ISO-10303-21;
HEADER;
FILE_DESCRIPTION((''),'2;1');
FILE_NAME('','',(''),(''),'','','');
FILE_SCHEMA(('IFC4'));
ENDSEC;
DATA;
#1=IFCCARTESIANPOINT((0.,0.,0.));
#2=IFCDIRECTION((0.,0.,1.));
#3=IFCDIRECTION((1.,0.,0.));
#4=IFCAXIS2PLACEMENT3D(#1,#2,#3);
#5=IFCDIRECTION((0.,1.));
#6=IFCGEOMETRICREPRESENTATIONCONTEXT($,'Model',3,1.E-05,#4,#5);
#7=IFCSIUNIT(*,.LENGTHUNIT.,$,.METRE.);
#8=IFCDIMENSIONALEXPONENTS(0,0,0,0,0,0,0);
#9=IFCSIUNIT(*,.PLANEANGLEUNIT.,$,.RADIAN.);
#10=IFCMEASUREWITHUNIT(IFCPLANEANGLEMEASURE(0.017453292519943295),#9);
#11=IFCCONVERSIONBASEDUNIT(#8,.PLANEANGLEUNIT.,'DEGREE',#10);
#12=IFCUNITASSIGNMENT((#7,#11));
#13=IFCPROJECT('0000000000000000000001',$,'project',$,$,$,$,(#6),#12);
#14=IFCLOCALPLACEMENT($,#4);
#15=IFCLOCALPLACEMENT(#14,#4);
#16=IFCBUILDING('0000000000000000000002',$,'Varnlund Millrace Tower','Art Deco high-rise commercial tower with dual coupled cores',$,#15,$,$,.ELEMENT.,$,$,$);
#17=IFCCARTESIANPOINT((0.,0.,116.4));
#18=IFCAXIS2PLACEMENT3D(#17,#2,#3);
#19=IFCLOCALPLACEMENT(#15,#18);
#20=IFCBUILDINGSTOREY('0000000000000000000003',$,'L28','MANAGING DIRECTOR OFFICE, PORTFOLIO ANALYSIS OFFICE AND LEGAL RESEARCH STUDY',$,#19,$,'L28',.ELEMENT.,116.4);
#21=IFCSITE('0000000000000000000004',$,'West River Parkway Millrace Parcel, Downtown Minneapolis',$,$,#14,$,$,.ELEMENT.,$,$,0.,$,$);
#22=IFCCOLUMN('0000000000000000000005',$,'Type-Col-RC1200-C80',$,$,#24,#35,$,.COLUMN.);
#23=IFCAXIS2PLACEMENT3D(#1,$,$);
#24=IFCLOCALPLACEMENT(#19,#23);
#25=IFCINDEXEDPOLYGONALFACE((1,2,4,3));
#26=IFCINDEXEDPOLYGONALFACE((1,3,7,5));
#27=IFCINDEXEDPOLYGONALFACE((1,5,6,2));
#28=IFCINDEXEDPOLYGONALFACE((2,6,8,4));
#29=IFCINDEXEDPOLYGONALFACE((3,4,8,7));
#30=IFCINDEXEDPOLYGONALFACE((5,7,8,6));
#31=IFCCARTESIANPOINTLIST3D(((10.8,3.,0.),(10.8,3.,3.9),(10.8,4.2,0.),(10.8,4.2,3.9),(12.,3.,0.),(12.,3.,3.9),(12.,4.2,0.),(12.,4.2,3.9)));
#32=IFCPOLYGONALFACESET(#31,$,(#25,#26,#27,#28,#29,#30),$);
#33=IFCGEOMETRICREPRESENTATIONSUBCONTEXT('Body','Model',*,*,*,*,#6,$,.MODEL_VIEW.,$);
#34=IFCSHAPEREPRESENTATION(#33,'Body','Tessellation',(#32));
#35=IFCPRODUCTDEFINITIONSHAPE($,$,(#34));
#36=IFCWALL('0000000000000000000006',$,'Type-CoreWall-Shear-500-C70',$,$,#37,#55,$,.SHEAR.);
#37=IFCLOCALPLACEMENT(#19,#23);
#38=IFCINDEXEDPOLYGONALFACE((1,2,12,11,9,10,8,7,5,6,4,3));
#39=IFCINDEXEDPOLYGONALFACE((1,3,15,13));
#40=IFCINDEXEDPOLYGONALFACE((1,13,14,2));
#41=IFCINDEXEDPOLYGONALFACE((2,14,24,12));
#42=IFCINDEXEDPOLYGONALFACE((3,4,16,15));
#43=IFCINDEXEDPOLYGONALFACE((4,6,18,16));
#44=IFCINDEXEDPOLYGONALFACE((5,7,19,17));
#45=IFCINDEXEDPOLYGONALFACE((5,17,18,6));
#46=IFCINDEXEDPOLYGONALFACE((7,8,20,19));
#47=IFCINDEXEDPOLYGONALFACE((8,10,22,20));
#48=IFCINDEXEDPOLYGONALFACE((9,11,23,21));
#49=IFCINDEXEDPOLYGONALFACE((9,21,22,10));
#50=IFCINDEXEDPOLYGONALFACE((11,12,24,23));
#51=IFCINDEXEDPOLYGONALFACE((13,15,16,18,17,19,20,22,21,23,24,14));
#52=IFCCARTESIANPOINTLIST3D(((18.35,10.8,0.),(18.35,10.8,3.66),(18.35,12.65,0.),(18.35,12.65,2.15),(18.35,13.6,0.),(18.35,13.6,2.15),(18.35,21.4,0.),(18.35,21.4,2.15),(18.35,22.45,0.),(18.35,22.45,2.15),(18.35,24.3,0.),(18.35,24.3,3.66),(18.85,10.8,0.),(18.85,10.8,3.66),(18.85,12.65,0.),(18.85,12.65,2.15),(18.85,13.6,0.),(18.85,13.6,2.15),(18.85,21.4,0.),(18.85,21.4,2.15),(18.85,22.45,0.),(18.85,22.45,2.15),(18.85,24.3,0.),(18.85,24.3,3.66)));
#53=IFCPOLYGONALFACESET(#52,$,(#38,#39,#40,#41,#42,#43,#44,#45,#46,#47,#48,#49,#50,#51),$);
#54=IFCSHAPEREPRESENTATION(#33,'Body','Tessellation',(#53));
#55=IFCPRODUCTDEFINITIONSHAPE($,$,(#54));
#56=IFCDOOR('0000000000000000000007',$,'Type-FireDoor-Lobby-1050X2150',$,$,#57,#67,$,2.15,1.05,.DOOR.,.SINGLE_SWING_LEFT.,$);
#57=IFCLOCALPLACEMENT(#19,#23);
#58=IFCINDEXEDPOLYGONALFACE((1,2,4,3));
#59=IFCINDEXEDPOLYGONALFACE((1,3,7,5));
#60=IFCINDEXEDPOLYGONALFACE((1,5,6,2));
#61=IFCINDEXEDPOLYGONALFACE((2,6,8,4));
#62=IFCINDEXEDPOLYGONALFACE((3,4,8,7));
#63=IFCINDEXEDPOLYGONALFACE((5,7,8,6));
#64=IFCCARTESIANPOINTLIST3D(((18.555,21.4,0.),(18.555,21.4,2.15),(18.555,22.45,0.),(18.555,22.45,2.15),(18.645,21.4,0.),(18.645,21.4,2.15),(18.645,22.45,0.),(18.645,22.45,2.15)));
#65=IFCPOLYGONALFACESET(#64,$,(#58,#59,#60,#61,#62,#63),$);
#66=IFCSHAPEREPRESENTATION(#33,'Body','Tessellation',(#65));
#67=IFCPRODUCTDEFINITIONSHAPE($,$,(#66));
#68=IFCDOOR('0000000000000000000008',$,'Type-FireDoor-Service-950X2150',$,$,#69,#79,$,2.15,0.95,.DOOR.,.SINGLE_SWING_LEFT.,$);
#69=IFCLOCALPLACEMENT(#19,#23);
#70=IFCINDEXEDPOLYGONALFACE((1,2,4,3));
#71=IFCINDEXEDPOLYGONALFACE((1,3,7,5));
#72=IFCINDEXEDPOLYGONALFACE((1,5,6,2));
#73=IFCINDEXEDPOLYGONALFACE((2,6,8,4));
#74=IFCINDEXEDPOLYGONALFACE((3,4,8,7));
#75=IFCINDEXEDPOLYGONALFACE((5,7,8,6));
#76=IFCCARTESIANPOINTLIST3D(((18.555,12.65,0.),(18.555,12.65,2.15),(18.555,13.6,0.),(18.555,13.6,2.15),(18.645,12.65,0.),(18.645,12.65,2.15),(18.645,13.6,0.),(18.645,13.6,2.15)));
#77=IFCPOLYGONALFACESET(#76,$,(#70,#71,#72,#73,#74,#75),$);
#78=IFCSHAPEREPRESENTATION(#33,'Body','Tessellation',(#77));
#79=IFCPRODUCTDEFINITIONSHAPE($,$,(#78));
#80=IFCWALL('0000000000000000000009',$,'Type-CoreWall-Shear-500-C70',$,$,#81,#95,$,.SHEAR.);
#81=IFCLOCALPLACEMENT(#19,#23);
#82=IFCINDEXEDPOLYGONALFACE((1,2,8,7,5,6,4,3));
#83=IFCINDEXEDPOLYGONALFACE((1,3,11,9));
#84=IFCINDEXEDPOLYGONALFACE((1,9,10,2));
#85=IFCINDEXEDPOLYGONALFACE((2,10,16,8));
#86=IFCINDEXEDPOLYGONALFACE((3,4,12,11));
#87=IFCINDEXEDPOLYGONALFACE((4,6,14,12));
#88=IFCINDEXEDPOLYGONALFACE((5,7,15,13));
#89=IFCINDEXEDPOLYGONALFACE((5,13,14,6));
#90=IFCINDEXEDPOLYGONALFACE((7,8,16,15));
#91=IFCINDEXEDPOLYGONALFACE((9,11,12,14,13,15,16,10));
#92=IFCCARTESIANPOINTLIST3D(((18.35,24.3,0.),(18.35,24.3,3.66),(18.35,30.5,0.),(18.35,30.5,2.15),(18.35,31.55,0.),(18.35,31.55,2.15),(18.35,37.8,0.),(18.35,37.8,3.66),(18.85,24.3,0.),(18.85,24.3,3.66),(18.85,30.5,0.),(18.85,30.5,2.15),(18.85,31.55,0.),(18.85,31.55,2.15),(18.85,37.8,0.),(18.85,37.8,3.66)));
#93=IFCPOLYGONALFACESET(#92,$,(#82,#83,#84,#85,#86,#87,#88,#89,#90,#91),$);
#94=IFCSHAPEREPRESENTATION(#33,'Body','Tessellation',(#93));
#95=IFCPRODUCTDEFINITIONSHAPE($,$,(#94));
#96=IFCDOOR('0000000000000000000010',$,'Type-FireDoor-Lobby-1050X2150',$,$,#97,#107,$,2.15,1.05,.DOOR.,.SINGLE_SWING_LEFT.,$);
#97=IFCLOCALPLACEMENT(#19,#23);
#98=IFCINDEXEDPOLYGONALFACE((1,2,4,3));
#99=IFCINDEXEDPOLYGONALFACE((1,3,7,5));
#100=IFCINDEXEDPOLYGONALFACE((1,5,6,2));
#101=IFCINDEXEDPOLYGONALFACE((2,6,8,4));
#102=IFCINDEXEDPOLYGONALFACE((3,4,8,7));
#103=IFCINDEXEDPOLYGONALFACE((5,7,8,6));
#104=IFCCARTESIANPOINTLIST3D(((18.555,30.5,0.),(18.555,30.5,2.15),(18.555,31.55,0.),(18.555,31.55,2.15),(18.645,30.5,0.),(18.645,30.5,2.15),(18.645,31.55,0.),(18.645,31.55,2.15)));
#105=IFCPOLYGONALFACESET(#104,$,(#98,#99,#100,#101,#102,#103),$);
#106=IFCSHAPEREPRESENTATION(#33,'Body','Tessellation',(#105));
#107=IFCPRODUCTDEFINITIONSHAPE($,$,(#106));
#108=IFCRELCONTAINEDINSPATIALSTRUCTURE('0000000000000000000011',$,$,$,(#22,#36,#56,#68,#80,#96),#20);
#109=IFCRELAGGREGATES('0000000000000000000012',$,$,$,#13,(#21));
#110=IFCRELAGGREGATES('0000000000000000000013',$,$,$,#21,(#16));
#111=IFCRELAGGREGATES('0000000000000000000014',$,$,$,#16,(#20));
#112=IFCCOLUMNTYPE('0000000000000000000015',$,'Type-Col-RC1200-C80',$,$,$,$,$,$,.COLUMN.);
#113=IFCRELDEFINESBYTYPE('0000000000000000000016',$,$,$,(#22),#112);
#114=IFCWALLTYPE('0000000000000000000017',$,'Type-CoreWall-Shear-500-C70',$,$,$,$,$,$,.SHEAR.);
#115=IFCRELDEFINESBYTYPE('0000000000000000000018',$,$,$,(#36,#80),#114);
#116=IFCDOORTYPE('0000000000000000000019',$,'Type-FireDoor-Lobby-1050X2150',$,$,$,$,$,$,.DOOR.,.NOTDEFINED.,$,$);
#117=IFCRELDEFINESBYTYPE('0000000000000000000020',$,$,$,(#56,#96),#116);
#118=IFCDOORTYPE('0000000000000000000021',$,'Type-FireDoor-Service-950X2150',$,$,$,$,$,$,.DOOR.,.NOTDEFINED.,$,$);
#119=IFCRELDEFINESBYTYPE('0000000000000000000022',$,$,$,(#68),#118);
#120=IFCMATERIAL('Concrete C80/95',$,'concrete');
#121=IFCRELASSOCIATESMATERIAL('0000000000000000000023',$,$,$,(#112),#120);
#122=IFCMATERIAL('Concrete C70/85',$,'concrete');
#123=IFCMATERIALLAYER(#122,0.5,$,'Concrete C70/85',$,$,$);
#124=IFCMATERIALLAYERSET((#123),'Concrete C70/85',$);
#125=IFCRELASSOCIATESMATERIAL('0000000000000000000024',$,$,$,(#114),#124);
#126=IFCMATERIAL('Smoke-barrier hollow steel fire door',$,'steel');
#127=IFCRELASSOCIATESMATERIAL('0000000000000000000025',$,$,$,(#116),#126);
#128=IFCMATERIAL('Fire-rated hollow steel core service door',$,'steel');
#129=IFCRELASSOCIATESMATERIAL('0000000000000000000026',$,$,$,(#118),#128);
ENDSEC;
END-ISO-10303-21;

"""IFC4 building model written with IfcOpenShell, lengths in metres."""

from ifc_helpers import new_model, entity, si_unit, converted_unit, direction, frame, origin_with_axes, origin_2d_with_axis, place, context, subcontext, project, spatial, polyline, rectangle, outline, extrude, material, layer, layer_set, material_profile, profile_set, type_object, element, fill, save


model = new_model("IFC4")

# Units and contexts
model_context = context("Model", 3, precision=1e-05, world=origin_with_axes(), true_north=direction((0.0, 1.0)))
body_context = subcontext(model_context, "Body", "Model", "MODEL_VIEW")
ifc_project = project(units=[si_unit("LENGTHUNIT", "METRE"), converted_unit("PLANEANGLEUNIT", "DEGREE", entity("IfcPlaneAngleMeasure", 0.017453292519943295), si_unit("PLANEANGLEUNIT", "RADIAN"), dimensions=[0, 0, 0, 0, 0, 0, 0])], contexts=[model_context])

# Site, building, storey
site_placement = place(None, origin_with_axes())
site = spatial("IfcSite", under=ifc_project, at=site_placement, Name="West River Parkway Millrace Parcel, Downtown Minneapolis", CompositionType="ELEMENT", RefElevation=0.0)
building_placement = place(site_placement, origin_with_axes())
building = spatial("IfcBuilding", under=site, at=building_placement, Name="Varnlund Millrace Tower", Description="Art Deco high-rise commercial tower with dual coupled cores", CompositionType="ELEMENT")
storey_placement = place(building_placement, frame((0.0, 0.0, 116.4), z_axis=(0.0, 0.0, 1.0), x_axis=(1.0, 0.0, 0.0)))
storey = spatial("IfcBuildingStorey", under=building, at=storey_placement, Name="L28", Description="MANAGING DIRECTOR OFFICE, PORTFOLIO ANALYSIS OFFICE AND LEGAL RESEARCH STUDY", LongName="L28", CompositionType="ELEMENT", Elevation=116.4)

# Column
ifc_material_1 = material(Name="Concrete C80/95", Category="concrete")
ifc_material_profile = material_profile(ifc_material_1, rectangle(XDim=1.2, YDim=1.2, at=origin_2d_with_axis()), Name="Concrete C80/95")
ifc_profile_set = profile_set([ifc_material_profile], Name="Concrete C80/95")
column_type = type_object("IfcColumnType", Name="Type-Col-RC1200-C80", PredefinedType="COLUMN", material=ifc_profile_set)
column_placement = place(storey_placement, frame((11.4, 3.6, 0.0), z_axis=(0.0, 0.0, 1.0), x_axis=(1.0, 0.0, 0.0)))
element("IfcColumn", 1, at=column_placement, inside=storey, type_object=column_type, Name="Type-Col-RC1200-C80", PredefinedType="COLUMN", context=body_context, shape_type="SweptSolid", body=[
    extrude(rectangle(XDim=1.2, YDim=1.2, at=origin_2d_with_axis()), origin_with_axes(), (0.0, 0.0, 1.0), 3.9),
])

# Wall, openings, doors
ifc_material_2 = material(Name="Concrete C70/85", Category="concrete")
ifc_layer_1 = layer(ifc_material_2, 0.5, Name="Concrete C70/85")
ifc_layer_set_1 = layer_set([ifc_layer_1], Name="Concrete C70/85")
wall_type_1 = type_object("IfcWallType", Name="Type-CoreWall-Shear-500-C70", PredefinedType="SHEAR", material=ifc_layer_set_1)
wall_1_placement = place(storey_placement, frame((18.6, 10.8, 0.0), z_axis=(0.0, 0.0, 1.0), x_axis=(0.0, 1.0, 0.0)))
wall_1 = element("IfcWall", 2, at=wall_1_placement, inside=storey, type_object=wall_type_1, Name="Type-CoreWall-Shear-500-C70", PredefinedType="SHEAR", context=body_context, shape_type="SweptSolid", body=[
    extrude(outline(polyline([(0.0, -0.25), (13.5, -0.25), (13.5, 0.25), (0.0, 0.25), (0.0, -0.25)])), origin_with_axes(), (0.0, 0.0, 1.0), 3.66),
])
opening_1_placement = place(wall_1_placement, frame((11.125, 0.0, 0.0), z_axis=(0.0, 0.0, 1.0), x_axis=(1.0, 0.0, 0.0)))
opening_1 = element("IfcOpeningElement", 3, at=opening_1_placement, cuts=wall_1, PredefinedType="OPENING", context=body_context, shape_type="SweptSolid", body=[
    extrude(rectangle(XDim=1.05, YDim=0.52, at=origin_2d_with_axis()), origin_with_axes(), (0.0, 0.0, 1.0), 2.15),
])
opening_2_placement = place(wall_1_placement, frame((2.325, 0.0, 0.0), z_axis=(0.0, 0.0, 1.0), x_axis=(1.0, 0.0, 0.0)))
opening_2 = element("IfcOpeningElement", 4, at=opening_2_placement, cuts=wall_1, PredefinedType="OPENING", context=body_context, shape_type="SweptSolid", body=[
    extrude(rectangle(XDim=0.95, YDim=0.52, at=origin_2d_with_axis()), origin_with_axes(), (0.0, 0.0, 1.0), 2.15),
])
ifc_material_3 = material(Name="Smoke-barrier hollow steel fire door", Category="steel")
door_type_1 = type_object("IfcDoorType", Name="Type-FireDoor-Lobby-1050X2150", OperationType="NOTDEFINED", PredefinedType="DOOR", material=ifc_material_3)
door_1_placement = place(wall_1_placement, frame((11.125, 0.0, 0.0), z_axis=(0.0, 0.0, 1.0), x_axis=(1.0, 0.0, 0.0)))
door_1 = element("IfcDoor", 5, at=door_1_placement, inside=storey, type_object=door_type_1, Name="Type-FireDoor-Lobby-1050X2150", OperationType="SINGLE_SWING_LEFT", OverallHeight=2.15, OverallWidth=1.05, PredefinedType="DOOR", context=body_context, shape_type="SweptSolid", body=[
    extrude(rectangle(XDim=1.05, YDim=0.09, at=origin_2d_with_axis()), origin_with_axes(), (0.0, 0.0, 1.0), 2.15),
])
fill(opening_1, door_1)
ifc_material_4 = material(Name="Fire-rated hollow steel core service door", Category="steel")
door_type_2 = type_object("IfcDoorType", Name="Type-FireDoor-Service-950X2150", OperationType="NOTDEFINED", PredefinedType="DOOR", material=ifc_material_4)
door_2_placement = place(wall_1_placement, frame((2.325, 0.0, 0.0), z_axis=(0.0, 0.0, 1.0), x_axis=(1.0, 0.0, 0.0)))
door_2 = element("IfcDoor", 6, at=door_2_placement, inside=storey, type_object=door_type_2, Name="Type-FireDoor-Service-950X2150", OperationType="SINGLE_SWING_LEFT", OverallHeight=2.15, OverallWidth=0.95, PredefinedType="DOOR", context=body_context, shape_type="SweptSolid", body=[
    extrude(rectangle(XDim=0.95, YDim=0.09, at=origin_2d_with_axis()), origin_with_axes(), (0.0, 0.0, 1.0), 2.15),
])
fill(opening_2, door_2)

# Wall, opening, door
wall_2_placement = place(storey_placement, frame((18.6, 24.3, 0.0), z_axis=(0.0, 0.0, 1.0), x_axis=(0.0, 1.0, 0.0)))
wall_2 = element("IfcWall", 7, at=wall_2_placement, inside=storey, type_object=wall_type_1, Name="Type-CoreWall-Shear-500-C70", PredefinedType="SHEAR", context=body_context, shape_type="SweptSolid", body=[
    extrude(outline(polyline([(0.0, -0.25), (13.5, -0.25), (13.5, 0.25), (0.0, 0.25), (0.0, -0.25)])), origin_with_axes(), (0.0, 0.0, 1.0), 3.66),
])
opening_3_placement = place(wall_2_placement, frame((6.725, 0.0, 0.0), z_axis=(0.0, 0.0, 1.0), x_axis=(1.0, 0.0, 0.0)))
opening_3 = element("IfcOpeningElement", 8, at=opening_3_placement, cuts=wall_2, PredefinedType="OPENING", context=body_context, shape_type="SweptSolid", body=[
    extrude(rectangle(XDim=1.05, YDim=0.52, at=origin_2d_with_axis()), origin_with_axes(), (0.0, 0.0, 1.0), 2.15),
])
door_3_placement = place(wall_2_placement, frame((6.725, 0.0, 0.0), z_axis=(0.0, 0.0, 1.0), x_axis=(1.0, 0.0, 0.0)))
door_3 = element("IfcDoor", 9, at=door_3_placement, inside=storey, type_object=door_type_1, Name="Type-FireDoor-Lobby-1050X2150", OperationType="SINGLE_SWING_LEFT", OverallHeight=2.15, OverallWidth=1.05, PredefinedType="DOOR", context=body_context, shape_type="SweptSolid", body=[
    extrude(rectangle(XDim=1.05, YDim=0.09, at=origin_2d_with_axis()), origin_with_axes(), (0.0, 0.0, 1.0), 2.15),
])
fill(opening_3, door_3)

save(model, "model.ifc")
